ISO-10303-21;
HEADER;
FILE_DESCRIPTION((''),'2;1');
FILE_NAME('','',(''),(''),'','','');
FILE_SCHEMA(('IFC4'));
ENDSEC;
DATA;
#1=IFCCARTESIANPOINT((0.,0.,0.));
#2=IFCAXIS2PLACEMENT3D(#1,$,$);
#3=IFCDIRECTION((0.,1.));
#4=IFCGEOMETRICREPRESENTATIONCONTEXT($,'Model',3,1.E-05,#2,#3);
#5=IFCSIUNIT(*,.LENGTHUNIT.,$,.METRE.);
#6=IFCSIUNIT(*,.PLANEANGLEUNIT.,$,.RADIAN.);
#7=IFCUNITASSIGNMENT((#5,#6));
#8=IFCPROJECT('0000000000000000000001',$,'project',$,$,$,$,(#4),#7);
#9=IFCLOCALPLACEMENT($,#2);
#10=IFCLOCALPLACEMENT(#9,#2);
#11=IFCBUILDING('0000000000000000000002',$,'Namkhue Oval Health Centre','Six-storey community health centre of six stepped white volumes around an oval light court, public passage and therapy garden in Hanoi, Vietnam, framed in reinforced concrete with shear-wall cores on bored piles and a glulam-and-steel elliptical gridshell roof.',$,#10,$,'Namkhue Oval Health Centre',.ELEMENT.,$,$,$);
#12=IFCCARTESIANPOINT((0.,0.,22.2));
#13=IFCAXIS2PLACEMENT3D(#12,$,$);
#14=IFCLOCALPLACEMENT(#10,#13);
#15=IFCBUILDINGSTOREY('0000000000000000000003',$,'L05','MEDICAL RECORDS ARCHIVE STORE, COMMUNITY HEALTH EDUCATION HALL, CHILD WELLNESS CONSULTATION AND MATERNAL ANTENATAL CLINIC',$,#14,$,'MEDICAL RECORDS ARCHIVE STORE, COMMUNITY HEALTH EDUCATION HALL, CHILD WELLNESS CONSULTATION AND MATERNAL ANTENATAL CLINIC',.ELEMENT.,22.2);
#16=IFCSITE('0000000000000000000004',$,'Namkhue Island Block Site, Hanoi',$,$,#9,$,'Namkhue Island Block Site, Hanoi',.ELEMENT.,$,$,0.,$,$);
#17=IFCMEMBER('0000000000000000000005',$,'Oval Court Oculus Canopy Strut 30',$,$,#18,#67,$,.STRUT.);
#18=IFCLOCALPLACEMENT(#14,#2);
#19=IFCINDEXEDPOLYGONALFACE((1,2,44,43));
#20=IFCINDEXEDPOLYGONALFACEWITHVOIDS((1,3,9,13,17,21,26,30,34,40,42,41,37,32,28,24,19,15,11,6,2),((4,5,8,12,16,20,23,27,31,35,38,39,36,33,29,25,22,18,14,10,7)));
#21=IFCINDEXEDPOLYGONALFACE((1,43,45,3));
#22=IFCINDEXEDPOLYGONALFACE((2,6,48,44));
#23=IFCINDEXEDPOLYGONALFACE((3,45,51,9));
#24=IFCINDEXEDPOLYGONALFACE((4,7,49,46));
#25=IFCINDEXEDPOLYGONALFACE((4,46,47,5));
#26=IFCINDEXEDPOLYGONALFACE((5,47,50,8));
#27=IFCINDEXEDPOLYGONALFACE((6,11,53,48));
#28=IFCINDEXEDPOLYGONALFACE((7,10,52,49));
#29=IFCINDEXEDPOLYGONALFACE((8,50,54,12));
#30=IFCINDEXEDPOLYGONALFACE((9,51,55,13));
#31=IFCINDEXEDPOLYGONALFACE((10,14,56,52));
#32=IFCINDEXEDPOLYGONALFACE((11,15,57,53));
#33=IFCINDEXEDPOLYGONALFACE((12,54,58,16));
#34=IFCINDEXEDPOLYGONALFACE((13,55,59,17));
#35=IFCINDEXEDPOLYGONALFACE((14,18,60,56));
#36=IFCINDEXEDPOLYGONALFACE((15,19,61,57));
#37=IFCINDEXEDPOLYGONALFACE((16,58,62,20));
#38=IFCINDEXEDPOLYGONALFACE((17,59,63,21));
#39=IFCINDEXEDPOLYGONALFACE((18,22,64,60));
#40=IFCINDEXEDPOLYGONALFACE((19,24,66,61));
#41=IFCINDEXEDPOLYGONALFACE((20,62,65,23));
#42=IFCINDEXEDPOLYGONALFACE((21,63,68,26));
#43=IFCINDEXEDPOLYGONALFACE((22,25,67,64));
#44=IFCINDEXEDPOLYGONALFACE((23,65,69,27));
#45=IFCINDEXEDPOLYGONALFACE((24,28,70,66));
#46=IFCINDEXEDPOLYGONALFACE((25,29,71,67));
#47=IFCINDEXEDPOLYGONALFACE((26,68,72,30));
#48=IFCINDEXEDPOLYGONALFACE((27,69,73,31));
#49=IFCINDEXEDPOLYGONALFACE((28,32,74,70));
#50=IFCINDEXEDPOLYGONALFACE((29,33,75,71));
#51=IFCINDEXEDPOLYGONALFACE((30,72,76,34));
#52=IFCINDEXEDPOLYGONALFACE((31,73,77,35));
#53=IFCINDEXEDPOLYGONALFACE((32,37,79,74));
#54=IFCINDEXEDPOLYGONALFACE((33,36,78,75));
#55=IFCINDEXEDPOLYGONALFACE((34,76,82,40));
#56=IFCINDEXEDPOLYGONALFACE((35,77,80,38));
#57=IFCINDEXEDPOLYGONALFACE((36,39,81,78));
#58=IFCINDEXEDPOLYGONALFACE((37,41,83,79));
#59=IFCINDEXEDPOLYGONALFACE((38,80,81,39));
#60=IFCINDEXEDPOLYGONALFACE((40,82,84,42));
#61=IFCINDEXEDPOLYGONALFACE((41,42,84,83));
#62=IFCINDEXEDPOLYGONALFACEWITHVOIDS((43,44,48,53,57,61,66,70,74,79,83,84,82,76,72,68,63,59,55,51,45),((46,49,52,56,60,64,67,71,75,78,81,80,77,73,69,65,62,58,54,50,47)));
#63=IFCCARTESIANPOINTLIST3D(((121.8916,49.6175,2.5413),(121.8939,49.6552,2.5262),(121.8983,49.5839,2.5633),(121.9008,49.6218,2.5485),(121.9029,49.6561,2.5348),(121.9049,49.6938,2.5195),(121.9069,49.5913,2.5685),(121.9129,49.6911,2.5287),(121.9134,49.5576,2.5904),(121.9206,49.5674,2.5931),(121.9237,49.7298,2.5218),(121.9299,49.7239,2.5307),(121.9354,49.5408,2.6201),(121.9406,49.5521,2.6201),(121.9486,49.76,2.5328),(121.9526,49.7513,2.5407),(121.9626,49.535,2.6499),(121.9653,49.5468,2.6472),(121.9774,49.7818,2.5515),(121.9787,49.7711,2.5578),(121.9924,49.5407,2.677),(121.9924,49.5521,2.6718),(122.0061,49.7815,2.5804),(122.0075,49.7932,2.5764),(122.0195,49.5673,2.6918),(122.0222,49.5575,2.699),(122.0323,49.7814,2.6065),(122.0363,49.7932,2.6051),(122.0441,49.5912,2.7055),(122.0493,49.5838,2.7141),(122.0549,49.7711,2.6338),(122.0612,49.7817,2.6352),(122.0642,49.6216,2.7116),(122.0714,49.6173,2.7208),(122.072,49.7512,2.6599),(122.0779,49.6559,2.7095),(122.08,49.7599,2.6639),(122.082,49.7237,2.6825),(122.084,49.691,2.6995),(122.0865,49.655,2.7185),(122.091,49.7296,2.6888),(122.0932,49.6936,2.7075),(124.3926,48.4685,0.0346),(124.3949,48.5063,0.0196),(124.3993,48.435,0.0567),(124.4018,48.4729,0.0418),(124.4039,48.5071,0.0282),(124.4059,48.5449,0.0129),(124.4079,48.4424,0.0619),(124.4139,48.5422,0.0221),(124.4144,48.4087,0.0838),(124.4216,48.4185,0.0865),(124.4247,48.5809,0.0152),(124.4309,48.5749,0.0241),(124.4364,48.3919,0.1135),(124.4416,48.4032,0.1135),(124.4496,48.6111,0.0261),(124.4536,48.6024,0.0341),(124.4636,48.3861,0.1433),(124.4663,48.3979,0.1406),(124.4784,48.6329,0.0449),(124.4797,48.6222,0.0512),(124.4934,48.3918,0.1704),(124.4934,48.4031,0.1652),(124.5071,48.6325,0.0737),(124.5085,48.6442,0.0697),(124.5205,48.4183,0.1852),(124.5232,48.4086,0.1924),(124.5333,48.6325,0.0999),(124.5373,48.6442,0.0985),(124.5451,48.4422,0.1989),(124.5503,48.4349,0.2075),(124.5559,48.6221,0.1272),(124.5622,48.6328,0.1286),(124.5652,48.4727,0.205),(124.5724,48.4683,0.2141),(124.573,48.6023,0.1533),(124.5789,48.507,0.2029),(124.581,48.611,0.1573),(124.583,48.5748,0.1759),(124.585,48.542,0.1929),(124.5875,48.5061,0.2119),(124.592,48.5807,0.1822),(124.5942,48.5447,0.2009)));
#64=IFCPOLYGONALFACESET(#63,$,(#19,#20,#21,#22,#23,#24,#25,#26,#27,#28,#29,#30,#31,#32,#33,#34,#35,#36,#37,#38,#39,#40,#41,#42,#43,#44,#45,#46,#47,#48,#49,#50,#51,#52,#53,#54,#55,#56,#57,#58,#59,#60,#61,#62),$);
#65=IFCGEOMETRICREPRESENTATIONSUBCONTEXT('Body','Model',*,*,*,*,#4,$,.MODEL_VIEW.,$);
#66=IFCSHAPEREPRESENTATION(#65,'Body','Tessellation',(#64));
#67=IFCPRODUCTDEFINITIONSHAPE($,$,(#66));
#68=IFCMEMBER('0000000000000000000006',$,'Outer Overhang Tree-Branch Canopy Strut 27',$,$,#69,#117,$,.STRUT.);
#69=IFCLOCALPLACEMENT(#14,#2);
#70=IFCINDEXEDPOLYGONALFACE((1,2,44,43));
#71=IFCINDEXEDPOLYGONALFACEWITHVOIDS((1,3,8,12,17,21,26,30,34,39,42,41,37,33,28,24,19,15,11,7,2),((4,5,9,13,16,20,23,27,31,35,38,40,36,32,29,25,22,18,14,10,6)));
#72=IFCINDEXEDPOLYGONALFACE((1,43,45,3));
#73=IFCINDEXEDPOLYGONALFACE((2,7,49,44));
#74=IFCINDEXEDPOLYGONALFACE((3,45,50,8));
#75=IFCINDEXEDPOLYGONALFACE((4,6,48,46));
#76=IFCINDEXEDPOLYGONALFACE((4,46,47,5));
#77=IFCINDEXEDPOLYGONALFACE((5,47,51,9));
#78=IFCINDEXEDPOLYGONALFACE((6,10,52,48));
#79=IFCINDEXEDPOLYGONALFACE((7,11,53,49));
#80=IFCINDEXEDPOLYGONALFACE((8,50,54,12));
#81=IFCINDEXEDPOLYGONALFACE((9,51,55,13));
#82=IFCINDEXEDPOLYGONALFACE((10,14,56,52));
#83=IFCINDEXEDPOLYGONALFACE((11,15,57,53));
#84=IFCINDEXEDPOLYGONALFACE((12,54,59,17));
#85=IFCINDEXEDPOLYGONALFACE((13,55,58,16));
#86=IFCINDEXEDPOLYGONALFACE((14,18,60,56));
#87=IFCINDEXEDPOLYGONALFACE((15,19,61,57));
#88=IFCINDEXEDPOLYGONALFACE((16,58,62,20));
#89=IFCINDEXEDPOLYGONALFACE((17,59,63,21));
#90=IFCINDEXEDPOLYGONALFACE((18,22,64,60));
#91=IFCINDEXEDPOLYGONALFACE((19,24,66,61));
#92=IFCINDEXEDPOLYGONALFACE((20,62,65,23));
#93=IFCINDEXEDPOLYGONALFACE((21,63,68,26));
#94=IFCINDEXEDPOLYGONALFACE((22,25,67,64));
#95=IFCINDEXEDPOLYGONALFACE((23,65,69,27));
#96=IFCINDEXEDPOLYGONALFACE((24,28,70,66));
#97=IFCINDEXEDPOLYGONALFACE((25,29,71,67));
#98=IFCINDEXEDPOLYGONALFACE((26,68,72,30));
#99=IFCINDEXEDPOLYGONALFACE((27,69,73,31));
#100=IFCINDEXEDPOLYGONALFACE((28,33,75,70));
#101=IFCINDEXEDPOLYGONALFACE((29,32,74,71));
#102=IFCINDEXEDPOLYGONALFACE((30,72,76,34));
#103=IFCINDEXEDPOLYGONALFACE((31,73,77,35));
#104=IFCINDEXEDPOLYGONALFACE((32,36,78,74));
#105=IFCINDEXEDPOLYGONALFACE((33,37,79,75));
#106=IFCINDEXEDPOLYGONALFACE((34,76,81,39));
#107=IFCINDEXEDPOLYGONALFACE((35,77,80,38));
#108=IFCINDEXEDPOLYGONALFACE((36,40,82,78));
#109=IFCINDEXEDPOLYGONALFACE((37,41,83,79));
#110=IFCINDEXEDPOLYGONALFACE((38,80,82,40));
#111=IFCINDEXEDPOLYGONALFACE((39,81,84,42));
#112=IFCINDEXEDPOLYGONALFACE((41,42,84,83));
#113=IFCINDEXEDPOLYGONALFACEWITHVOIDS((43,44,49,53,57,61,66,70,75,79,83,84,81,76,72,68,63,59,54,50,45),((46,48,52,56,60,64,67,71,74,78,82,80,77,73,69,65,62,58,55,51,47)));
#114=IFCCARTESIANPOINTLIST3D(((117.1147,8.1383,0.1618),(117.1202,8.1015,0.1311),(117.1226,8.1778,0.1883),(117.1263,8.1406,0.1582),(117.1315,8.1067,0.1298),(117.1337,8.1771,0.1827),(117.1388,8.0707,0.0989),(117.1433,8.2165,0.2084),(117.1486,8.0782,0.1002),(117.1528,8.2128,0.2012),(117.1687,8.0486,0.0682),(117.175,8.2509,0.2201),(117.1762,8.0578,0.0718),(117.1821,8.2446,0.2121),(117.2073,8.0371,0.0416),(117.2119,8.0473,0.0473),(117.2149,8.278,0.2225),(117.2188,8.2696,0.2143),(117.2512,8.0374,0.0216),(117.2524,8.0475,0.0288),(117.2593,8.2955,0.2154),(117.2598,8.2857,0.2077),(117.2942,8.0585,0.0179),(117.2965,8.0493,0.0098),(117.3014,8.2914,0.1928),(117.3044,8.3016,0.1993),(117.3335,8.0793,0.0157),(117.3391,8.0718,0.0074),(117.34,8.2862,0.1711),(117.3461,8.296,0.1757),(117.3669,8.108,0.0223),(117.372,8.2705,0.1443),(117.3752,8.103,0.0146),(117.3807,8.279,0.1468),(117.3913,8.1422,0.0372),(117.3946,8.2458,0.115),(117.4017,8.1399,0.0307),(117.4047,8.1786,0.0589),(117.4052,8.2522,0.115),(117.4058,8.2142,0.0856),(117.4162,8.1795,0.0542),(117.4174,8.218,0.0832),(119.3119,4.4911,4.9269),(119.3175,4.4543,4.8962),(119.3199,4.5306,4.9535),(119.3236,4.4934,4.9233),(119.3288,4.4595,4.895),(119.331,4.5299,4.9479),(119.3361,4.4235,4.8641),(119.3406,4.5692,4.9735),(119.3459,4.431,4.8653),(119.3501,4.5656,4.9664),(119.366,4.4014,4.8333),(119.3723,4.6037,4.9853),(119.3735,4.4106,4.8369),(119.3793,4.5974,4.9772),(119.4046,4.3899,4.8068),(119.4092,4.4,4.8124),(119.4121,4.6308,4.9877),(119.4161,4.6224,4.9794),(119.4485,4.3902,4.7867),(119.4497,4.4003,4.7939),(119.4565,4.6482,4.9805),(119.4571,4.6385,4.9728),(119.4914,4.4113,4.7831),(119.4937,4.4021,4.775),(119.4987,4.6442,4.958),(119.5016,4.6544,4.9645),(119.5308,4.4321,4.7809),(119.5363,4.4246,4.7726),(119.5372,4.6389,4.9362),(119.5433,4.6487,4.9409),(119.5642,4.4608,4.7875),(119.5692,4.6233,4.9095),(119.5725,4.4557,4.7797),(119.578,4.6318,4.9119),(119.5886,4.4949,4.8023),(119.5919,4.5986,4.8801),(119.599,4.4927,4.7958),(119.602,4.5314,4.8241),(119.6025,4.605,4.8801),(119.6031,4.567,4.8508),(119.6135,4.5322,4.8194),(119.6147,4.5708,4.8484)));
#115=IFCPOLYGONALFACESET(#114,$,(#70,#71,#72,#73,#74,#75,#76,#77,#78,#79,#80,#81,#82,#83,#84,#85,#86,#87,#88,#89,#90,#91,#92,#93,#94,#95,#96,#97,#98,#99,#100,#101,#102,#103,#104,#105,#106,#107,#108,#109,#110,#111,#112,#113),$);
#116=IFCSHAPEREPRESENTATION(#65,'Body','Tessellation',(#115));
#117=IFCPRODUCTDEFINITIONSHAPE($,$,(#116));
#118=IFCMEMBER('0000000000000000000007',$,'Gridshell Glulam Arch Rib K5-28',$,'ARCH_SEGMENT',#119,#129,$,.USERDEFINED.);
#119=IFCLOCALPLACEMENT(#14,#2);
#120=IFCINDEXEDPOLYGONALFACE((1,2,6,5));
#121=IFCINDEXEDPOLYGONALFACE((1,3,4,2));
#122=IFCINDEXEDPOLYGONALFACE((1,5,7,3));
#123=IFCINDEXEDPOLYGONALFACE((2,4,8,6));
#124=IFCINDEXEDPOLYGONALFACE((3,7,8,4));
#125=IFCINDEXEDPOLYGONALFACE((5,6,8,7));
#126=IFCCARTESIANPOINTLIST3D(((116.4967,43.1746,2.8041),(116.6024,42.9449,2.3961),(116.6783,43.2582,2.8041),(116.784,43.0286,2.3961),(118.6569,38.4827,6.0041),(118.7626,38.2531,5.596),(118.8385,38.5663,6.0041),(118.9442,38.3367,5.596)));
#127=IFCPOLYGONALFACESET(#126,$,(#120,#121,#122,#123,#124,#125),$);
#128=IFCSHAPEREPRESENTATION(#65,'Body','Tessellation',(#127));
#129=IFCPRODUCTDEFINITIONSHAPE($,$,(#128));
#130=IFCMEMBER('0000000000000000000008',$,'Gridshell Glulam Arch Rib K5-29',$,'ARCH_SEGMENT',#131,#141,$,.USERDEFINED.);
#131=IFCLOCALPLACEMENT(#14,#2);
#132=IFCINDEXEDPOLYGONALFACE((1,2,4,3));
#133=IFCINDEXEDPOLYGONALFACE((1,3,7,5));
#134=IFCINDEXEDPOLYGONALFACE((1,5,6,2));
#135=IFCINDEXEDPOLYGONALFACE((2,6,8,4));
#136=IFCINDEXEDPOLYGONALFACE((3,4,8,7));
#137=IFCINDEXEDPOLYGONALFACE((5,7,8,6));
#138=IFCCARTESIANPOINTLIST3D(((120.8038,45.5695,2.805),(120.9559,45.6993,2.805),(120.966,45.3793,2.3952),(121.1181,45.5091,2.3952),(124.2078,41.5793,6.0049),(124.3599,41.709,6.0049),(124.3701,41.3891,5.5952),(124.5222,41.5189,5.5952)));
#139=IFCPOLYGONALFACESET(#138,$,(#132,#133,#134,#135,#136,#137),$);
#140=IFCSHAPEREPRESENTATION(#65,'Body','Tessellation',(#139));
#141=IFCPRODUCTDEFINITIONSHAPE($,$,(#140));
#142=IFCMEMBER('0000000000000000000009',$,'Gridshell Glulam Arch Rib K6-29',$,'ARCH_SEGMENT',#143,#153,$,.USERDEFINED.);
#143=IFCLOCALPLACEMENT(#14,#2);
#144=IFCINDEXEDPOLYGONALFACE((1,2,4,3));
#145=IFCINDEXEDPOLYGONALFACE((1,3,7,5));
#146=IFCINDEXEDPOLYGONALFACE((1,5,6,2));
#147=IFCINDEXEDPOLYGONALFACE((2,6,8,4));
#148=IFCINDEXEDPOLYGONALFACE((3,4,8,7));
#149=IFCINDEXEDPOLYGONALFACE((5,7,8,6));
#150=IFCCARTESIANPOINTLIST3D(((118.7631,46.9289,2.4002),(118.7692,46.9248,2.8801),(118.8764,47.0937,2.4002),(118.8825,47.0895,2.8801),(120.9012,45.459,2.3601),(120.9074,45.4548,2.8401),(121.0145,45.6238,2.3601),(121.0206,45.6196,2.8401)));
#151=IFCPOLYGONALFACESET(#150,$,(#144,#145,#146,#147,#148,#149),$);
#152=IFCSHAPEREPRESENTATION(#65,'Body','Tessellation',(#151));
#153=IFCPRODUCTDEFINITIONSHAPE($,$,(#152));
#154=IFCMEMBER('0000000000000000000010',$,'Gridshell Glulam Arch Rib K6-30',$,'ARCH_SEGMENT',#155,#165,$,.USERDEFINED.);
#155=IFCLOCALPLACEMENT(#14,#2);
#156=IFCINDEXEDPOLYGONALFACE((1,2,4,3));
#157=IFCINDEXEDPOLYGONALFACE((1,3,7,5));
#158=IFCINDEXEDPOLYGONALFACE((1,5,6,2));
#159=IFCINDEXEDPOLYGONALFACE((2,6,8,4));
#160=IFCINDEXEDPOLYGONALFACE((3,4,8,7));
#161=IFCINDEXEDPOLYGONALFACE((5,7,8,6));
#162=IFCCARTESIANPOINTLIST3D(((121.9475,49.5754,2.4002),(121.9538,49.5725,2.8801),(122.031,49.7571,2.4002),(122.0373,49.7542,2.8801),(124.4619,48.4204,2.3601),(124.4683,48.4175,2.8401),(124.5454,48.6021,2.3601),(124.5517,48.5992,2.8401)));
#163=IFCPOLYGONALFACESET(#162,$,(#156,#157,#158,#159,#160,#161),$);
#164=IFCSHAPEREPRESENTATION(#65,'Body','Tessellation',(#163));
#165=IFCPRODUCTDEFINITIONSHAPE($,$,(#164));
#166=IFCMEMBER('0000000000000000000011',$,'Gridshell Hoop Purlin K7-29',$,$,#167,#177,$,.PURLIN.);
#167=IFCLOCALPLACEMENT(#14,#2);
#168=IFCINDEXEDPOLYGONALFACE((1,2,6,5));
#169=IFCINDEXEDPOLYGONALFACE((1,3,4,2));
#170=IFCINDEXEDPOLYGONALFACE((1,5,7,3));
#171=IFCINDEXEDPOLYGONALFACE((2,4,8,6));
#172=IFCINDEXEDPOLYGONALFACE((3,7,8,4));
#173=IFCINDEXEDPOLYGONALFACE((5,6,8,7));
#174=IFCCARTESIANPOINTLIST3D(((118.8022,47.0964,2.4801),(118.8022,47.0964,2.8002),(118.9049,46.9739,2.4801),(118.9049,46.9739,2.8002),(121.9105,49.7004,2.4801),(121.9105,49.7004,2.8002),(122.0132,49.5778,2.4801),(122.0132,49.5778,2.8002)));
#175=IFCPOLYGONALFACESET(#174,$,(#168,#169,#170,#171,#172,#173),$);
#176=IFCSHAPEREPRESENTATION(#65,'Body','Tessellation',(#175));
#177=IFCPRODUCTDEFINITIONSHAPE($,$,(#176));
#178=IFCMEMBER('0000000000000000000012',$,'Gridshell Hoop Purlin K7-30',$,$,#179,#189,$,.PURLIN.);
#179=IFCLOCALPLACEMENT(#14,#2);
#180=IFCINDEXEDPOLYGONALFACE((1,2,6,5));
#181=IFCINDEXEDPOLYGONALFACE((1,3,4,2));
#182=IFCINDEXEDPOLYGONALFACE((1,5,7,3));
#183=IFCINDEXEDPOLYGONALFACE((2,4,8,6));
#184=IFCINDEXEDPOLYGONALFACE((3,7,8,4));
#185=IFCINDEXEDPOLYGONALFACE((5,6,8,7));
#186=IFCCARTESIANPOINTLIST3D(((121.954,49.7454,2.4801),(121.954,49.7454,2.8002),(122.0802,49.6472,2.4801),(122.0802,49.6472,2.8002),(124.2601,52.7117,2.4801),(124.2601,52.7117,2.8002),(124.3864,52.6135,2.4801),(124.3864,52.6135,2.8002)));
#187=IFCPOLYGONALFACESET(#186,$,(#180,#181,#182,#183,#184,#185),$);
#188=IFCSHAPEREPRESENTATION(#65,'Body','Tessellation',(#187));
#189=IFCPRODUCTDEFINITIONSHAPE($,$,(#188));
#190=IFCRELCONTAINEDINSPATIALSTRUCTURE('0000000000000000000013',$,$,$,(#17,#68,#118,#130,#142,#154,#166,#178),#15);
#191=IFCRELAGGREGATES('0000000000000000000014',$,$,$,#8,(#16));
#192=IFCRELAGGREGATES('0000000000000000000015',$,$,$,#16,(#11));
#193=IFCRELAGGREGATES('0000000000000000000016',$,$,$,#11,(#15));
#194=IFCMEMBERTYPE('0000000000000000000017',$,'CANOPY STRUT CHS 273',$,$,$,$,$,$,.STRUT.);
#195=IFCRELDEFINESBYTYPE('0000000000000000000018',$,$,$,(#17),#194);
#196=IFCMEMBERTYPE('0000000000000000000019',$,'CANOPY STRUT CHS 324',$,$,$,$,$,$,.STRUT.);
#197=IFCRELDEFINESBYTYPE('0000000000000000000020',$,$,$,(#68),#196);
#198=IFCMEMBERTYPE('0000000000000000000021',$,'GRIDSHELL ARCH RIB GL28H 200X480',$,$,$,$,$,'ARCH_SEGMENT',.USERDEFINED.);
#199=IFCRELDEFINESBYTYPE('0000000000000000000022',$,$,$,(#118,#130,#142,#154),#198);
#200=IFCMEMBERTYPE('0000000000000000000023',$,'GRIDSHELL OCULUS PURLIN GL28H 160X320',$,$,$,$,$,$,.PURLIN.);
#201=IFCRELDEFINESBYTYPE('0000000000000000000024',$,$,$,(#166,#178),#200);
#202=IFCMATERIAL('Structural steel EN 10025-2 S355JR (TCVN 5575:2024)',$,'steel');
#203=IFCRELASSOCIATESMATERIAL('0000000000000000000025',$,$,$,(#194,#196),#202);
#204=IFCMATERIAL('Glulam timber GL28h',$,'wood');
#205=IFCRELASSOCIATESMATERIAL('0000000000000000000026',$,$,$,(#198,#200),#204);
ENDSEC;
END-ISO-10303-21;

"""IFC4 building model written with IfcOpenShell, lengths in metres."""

from ifc_helpers import new_model, si_unit, direction, frame, origin, origin_2d, place, context, subcontext, project, spatial, rectangle, hollow_circle, extrude, material, material_profile, profile_set, type_object, element, save


model = new_model("IFC4")

# Units and contexts
model_context = context("Model", 3, precision=1e-05, world=origin(), true_north=direction((0.0, 1.0)))
body_context = subcontext(model_context, "Body", "Model", "MODEL_VIEW")
ifc_project = project(units=[si_unit("LENGTHUNIT", "METRE"), si_unit("PLANEANGLEUNIT", "RADIAN")], contexts=[model_context])

# Site, building, storey
site_placement = place(None, origin())
site = spatial("IfcSite", under=ifc_project, at=site_placement, Name="Namkhue Island Block Site, Hanoi", LongName="Namkhue Island Block Site, Hanoi", CompositionType="ELEMENT", RefElevation=0.0)
building_placement = place(site_placement, origin())
building = spatial("IfcBuilding", under=site, at=building_placement, Name="Namkhue Oval Health Centre", Description="Six-storey community health centre of six stepped white volumes around an oval light court, public passage and therapy garden in Hanoi, Vietnam, framed in reinforced concrete with shear-wall cores on bored piles and a glulam-and-steel elliptical gridshell roof.", LongName="Namkhue Oval Health Centre", CompositionType="ELEMENT")
storey_placement = place(building_placement, frame((0.0, 0.0, 22.2)))
storey = spatial("IfcBuildingStorey", under=building, at=storey_placement, Name="L05", Description="MEDICAL RECORDS ARCHIVE STORE, COMMUNITY HEALTH EDUCATION HALL, CHILD WELLNESS CONSULTATION AND MATERNAL ANTENATAL CLINIC", LongName="MEDICAL RECORDS ARCHIVE STORE, COMMUNITY HEALTH EDUCATION HALL, CHILD WELLNESS CONSULTATION AND MATERNAL ANTENATAL CLINIC", CompositionType="ELEMENT", Elevation=22.2)

# Members
ifc_material_1 = material(Name="Structural steel EN 10025-2 S355JR (TCVN 5575:2024)", Category="steel")
ifc_material_profile_1 = material_profile(ifc_material_1, hollow_circle(Radius=0.1365, WallThickness=0.0125, at=origin_2d()), Name="CHS 273x12.5")
ifc_profile_set_1 = profile_set([ifc_material_profile_1], Name="Structural steel EN 10025-2 S355JR (TCVN 5575:2024)")
member_type_1 = type_object("IfcMemberType", Name="CANOPY STRUT CHS 273", PredefinedType="STRUT", material=ifc_profile_set_1)
member_1_placement = place(storey_placement, frame((124.4934, 48.5159, 0.1135), z_axis=(-0.671832, 0.308633, 0.67334), x_axis=(-0.417449, -0.9087, 0.0)))
element("IfcMember", 1, at=member_1_placement, inside=storey, type_object=member_type_1, Name="Oval Court Oculus Canopy Strut 30", PredefinedType="STRUT", context=body_context, shape_type="SweptSolid", body=[
    extrude(hollow_circle(Radius=0.1365, WallThickness=0.0125, at=origin_2d()), origin(), (0.0, 0.0, 1.0), 3.7227),
])
ifc_material_profile_2 = material_profile(ifc_material_1, hollow_circle(Radius=0.1619, WallThickness=0.0125, at=origin_2d()), Name="CHS 323.9x12.5")
ifc_profile_set_2 = profile_set([ifc_material_profile_2], Name="Structural steel EN 10025-2 S355JR (TCVN 5575:2024)")
member_type_2 = type_object("IfcMemberType", Name="CANOPY STRUT CHS 324", PredefinedType="STRUT", material=ifc_profile_set_2)
member_2_placement = place(storey_placement, frame((117.2666, 8.1687, 0.115), z_axis=(0.343841, -0.570737, 0.745676), x_axis=(0.856566, 0.516038, 0.0)))
element("IfcMember", 2, at=member_2_placement, inside=storey, type_object=member_type_2, Name="Outer Overhang Tree-Branch Canopy Strut 27", PredefinedType="STRUT", context=body_context, shape_type="SweptSolid", body=[
    extrude(hollow_circle(Radius=0.1619, WallThickness=0.0125, at=origin_2d()), origin(), (0.0, 0.0, 1.0), 6.3904),
])
ifc_material_2 = material(Name="Glulam timber GL28h", Category="wood")
ifc_material_profile_3 = material_profile(ifc_material_2, rectangle(XDim=0.2, YDim=0.48, at=origin_2d()), Name="GL28h 200x480")
ifc_profile_set_3 = profile_set([ifc_material_profile_3], Name="Glulam timber GL28h")
member_type_3 = type_object("IfcMemberType", Name="GRIDSHELL ARCH RIB GL28H 200X480", ElementType="ARCH_SEGMENT", PredefinedType="USERDEFINED", material=ifc_profile_set_3)
member_3_placement = place(storey_placement, frame((118.8005, 38.4097, 5.8), z_axis=(-0.355513, 0.77218, -0.52664), x_axis=(-0.908352, -0.418207, 0.0)))
element("IfcMember", 3, at=member_3_placement, inside=storey, type_object=member_type_3, Name="Gridshell Glulam Arch Rib K5-28", ObjectType="ARCH_SEGMENT", PredefinedType="USERDEFINED", context=body_context, shape_type="SweptSolid", body=[
    extrude(rectangle(XDim=0.2, YDim=0.48, at=origin_2d()), origin(), (0.0, 0.0, 1.0), 6.0762),
])
member_4_placement = place(storey_placement, frame((124.365, 41.5491, 5.8), z_axis=(-0.554041, 0.649448, -0.520822), x_axis=(-0.760776, -0.649015, 0.0)))
element("IfcMember", 4, at=member_4_placement, inside=storey, type_object=member_type_3, Name="Gridshell Glulam Arch Rib K5-29", ObjectType="ARCH_SEGMENT", PredefinedType="USERDEFINED", context=body_context, shape_type="SweptSolid", body=[
    extrude(rectangle(XDim=0.2, YDim=0.48, at=origin_2d()), origin(), (0.0, 0.0, 1.0), 6.144),
])
member_5_placement = place(storey_placement, frame((120.9609, 45.5393, 2.6001), z_axis=(-0.823949, 0.566453, 0.015429), x_axis=(-0.566521, -0.824047, 0.0)))
element("IfcMember", 5, at=member_5_placement, inside=storey, type_object=member_type_3, Name="Gridshell Glulam Arch Rib K6-29", ObjectType="ARCH_SEGMENT", PredefinedType="USERDEFINED", context=body_context, shape_type="SweptSolid", body=[
    extrude(rectangle(XDim=0.2, YDim=0.48, at=origin_2d()), origin(), (0.0, 0.0, 1.0), 2.595),
])
member_6_placement = place(storey_placement, frame((124.5068, 48.5098, 2.6001), z_axis=(-0.908614, 0.417386, 0.014469), x_axis=(-0.417429, -0.908709, 0.0)))
element("IfcMember", 6, at=member_6_placement, inside=storey, type_object=member_type_3, Name="Gridshell Glulam Arch Rib K6-30", ObjectType="ARCH_SEGMENT", PredefinedType="USERDEFINED", context=body_context, shape_type="SweptSolid", body=[
    extrude(rectangle(XDim=0.2, YDim=0.48, at=origin_2d()), origin(), (0.0, 0.0, 1.0), 2.7673),
])
ifc_material_profile_4 = material_profile(ifc_material_2, rectangle(XDim=0.1599, YDim=0.3201, at=origin_2d()), Name="GL28h 160x320")
ifc_profile_set_4 = profile_set([ifc_material_profile_4], Name="Glulam timber GL28h")
member_type_4 = type_object("IfcMemberType", Name="GRIDSHELL OCULUS PURLIN GL28H 160X320", PredefinedType="PURLIN", material=ifc_profile_set_4)
member_7_placement = place(storey_placement, frame((118.8535, 47.0352, 2.6401), z_axis=(0.766561, 0.642172, 0.0), x_axis=(-0.642172, 0.766561, 0.0)))
element("IfcMember", 7, at=member_7_placement, inside=storey, type_object=member_type_4, Name="Gridshell Hoop Purlin K7-29", PredefinedType="PURLIN", context=body_context, shape_type="SweptSolid", body=[
    extrude(rectangle(XDim=0.1599, YDim=0.3201, at=origin_2d()), origin(), (0.0, 0.0, 1.0), 4.0549),
])
member_8_placement = place(storey_placement, frame((122.0171, 49.6963, 2.6401), z_axis=(0.613779, 0.789478, 0.0), x_axis=(-0.789478, 0.613779, 0.0)))
element("IfcMember", 8, at=member_8_placement, inside=storey, type_object=member_type_4, Name="Gridshell Hoop Purlin K7-30", PredefinedType="PURLIN", context=body_context, shape_type="SweptSolid", body=[
    extrude(rectangle(XDim=0.1599, YDim=0.3201, at=origin_2d()), origin(), (0.0, 0.0, 1.0), 3.7573),
])

save(model, "model.ifc")
